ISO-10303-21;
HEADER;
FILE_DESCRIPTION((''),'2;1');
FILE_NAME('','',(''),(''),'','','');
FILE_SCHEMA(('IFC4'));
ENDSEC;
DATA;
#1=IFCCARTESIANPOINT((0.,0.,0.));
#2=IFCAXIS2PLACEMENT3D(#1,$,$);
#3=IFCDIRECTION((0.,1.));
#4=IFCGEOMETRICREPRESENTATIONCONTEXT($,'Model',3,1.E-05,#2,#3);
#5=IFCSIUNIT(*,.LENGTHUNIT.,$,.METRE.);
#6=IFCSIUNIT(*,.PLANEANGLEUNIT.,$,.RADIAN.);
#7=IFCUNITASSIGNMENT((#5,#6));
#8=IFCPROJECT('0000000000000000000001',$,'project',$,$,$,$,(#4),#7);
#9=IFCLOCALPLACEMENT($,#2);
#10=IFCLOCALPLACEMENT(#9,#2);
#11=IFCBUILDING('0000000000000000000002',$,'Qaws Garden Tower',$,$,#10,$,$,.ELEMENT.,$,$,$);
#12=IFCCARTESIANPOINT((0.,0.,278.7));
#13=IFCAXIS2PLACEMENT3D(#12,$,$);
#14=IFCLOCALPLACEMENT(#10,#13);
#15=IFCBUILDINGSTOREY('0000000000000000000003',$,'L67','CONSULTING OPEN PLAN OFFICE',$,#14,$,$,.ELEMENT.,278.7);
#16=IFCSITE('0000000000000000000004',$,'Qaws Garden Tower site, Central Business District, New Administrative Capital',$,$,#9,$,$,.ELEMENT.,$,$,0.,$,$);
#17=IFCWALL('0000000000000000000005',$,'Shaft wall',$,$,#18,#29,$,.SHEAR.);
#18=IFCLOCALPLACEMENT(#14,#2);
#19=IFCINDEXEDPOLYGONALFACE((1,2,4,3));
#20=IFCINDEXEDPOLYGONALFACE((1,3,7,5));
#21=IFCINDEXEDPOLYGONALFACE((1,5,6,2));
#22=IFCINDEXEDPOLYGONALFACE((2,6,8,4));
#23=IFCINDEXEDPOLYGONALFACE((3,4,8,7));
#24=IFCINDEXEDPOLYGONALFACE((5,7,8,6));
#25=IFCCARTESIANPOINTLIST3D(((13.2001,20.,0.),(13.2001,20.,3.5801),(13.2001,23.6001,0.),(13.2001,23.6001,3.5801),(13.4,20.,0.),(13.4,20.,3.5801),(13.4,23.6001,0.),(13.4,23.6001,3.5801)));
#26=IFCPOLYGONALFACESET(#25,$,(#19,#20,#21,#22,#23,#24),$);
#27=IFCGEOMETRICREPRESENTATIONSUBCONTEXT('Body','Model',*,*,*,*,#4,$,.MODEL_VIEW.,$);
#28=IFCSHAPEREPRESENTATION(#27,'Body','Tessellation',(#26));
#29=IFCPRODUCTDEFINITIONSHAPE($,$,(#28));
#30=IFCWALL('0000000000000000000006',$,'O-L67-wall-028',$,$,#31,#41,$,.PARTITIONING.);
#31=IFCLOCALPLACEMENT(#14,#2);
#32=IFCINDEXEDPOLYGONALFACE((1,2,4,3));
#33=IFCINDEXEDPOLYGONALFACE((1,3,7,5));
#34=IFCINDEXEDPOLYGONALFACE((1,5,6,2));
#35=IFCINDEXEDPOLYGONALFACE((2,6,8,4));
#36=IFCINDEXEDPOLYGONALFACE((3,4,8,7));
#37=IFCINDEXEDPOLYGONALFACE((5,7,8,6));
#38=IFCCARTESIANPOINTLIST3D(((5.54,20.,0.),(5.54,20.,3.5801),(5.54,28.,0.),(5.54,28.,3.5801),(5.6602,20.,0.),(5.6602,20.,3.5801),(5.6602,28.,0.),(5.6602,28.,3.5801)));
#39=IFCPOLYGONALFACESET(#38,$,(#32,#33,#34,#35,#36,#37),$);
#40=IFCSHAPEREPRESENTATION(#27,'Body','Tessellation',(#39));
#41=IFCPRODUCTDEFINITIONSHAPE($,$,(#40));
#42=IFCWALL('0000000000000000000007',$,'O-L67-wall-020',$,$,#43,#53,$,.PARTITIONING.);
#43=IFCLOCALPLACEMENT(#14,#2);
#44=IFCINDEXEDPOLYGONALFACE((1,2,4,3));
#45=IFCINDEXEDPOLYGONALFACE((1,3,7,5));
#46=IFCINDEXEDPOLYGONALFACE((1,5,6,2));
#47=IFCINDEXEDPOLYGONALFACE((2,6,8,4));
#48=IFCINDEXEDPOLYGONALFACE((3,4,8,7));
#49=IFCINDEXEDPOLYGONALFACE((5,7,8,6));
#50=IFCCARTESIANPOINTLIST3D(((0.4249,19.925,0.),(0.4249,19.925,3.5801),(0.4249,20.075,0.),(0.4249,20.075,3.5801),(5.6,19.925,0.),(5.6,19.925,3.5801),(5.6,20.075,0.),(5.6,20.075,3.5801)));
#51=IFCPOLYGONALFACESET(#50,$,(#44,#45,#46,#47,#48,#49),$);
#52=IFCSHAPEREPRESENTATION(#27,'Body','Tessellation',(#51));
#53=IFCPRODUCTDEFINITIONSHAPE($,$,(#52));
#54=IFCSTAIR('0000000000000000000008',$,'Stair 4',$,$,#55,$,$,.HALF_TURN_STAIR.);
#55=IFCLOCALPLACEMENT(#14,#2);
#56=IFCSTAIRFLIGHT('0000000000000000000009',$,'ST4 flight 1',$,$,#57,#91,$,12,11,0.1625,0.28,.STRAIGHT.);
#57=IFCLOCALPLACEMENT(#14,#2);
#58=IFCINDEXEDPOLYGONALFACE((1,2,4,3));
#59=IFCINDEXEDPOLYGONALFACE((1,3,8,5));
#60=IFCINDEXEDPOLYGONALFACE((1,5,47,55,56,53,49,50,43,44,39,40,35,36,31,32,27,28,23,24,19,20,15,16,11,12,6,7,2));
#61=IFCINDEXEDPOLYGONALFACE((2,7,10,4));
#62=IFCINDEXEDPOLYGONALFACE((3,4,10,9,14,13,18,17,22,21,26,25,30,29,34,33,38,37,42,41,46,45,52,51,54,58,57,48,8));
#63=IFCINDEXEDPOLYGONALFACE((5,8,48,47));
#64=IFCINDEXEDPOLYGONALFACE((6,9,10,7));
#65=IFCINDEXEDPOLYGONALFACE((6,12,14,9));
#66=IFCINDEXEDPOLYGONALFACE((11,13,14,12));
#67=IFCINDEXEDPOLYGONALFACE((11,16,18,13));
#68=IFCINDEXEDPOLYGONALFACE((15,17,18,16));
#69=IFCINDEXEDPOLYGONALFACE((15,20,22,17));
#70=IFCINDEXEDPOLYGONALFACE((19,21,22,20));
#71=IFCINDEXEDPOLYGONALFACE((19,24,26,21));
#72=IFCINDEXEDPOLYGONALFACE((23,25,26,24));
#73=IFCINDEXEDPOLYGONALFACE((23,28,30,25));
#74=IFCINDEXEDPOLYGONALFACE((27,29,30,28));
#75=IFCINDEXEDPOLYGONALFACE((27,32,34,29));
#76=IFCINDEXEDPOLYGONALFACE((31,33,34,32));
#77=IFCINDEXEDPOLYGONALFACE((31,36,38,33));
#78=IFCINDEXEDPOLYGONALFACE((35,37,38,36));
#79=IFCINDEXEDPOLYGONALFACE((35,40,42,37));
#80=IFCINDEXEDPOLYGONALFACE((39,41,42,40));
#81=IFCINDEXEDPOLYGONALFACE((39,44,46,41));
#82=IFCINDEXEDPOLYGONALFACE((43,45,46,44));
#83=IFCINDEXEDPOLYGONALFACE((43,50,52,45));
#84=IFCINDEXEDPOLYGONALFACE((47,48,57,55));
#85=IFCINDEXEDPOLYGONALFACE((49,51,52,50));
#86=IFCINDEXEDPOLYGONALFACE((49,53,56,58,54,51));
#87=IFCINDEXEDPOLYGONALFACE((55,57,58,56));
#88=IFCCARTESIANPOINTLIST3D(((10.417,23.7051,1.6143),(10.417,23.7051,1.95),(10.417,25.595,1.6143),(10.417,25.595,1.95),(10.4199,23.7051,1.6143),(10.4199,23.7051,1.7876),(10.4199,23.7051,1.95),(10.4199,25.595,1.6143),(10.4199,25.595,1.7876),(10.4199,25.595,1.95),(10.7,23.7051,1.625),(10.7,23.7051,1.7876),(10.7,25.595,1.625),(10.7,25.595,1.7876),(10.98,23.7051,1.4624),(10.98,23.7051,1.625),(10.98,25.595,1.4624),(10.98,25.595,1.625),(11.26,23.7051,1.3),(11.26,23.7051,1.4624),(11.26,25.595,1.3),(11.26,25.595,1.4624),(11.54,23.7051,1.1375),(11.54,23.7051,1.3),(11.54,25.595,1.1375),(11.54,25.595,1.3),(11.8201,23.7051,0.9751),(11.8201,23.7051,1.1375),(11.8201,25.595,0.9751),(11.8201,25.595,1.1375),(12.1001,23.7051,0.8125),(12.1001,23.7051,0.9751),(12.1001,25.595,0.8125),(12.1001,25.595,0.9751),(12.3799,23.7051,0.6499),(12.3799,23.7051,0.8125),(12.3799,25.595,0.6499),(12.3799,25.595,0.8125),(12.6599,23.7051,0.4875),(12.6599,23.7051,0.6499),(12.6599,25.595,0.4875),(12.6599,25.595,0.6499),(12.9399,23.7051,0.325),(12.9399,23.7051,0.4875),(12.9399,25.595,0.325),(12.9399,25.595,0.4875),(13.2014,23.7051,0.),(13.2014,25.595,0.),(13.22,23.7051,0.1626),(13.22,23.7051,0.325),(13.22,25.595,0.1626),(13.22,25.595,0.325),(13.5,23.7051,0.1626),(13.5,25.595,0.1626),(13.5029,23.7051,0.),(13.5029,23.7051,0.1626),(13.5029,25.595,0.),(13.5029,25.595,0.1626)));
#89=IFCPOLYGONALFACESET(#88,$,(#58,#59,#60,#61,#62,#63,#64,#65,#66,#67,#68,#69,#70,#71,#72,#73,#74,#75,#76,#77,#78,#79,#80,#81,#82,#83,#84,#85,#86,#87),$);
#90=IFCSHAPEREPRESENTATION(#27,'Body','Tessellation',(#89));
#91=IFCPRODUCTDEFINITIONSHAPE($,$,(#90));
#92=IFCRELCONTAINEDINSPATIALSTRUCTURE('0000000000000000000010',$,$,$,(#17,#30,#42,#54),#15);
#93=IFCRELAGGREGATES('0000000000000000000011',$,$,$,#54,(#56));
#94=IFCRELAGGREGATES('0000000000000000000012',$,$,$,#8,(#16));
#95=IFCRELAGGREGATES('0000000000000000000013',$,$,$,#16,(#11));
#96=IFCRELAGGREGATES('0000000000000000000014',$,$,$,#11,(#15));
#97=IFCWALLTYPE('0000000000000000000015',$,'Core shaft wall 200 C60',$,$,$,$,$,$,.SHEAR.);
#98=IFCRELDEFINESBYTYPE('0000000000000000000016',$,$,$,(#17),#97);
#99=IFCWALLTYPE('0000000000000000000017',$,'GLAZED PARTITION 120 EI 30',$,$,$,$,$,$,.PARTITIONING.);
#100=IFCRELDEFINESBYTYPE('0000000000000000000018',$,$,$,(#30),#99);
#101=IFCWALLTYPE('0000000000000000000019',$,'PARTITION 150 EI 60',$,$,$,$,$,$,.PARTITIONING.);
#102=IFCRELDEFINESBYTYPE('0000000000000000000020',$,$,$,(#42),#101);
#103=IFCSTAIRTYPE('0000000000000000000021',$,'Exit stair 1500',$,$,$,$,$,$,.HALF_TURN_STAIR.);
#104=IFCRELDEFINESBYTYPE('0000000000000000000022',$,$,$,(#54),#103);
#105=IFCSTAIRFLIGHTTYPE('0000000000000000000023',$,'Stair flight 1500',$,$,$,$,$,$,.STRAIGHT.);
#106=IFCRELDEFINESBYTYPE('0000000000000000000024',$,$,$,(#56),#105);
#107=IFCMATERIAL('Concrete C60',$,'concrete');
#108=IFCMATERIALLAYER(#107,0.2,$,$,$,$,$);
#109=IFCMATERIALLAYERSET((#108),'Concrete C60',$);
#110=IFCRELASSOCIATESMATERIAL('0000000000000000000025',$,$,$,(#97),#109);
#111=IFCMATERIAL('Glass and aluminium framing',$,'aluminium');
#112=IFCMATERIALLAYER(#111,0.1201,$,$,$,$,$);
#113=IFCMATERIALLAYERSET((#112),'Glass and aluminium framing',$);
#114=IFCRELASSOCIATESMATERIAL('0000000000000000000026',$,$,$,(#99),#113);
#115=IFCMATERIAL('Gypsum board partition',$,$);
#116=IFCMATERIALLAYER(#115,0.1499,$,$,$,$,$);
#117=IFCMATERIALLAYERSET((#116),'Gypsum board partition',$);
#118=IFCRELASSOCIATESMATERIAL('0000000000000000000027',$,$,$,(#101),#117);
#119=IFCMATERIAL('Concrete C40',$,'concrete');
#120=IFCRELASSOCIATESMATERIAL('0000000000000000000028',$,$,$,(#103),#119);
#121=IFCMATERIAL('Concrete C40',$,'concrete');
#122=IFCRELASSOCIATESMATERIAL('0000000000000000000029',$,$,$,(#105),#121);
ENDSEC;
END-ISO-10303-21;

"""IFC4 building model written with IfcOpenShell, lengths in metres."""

from ifc_helpers import new_model, si_unit, direction, frame, frame_2d, origin, place, context, subcontext, project, spatial, polyline, rectangle, outline, extrude, material, layer, layer_set, type_object, element, aggregate, save


model = new_model("IFC4")

# Units and contexts
model_context = context("Model", 3, precision=1e-05, world=origin(), true_north=direction((0.0, 1.0)))
body_context = subcontext(model_context, "Body", "Model", "MODEL_VIEW")
ifc_project = project(units=[si_unit("LENGTHUNIT", "METRE"), si_unit("PLANEANGLEUNIT", "RADIAN")], contexts=[model_context])

# Site, building, storey
site_placement = place(None, origin())
site = spatial("IfcSite", under=ifc_project, at=site_placement, Name="Qaws Garden Tower site, Central Business District, New Administrative Capital", CompositionType="ELEMENT", RefElevation=0.0)
building_placement = place(site_placement, origin())
building = spatial("IfcBuilding", under=site, at=building_placement, Name="Qaws Garden Tower", CompositionType="ELEMENT")
storey_placement = place(building_placement, frame((0.0, 0.0, 278.7)))
storey = spatial("IfcBuildingStorey", under=building, at=storey_placement, Name="L67", Description="CONSULTING OPEN PLAN OFFICE", CompositionType="ELEMENT", Elevation=278.7)

# Shared definitions
ifc_material_1 = material(Name="Concrete C60", Category="concrete")
ifc_layer_1 = layer(ifc_material_1, 0.2)
ifc_layer_set_1 = layer_set([ifc_layer_1], Name="Concrete C60")
wall_type_1 = type_object("IfcWallType", Name="Core shaft wall 200 C60", PredefinedType="SHEAR", material=ifc_layer_set_1)

# Walls
wall_1_placement = place(storey_placement, frame((13.3, 20.0, 0.0), z_axis=(0.0, 0.0, 1.0), x_axis=(0.0, 1.0, 0.0)))
element("IfcWall", 1, at=wall_1_placement, inside=storey, type_object=wall_type_1, Name="Shaft wall", PredefinedType="SHEAR", context=body_context, shape_type="SweptSolid", body=[
    extrude(rectangle(XDim=3.6001, YDim=0.2, at=frame_2d((1.8, 0.0))), origin(), (0.0, 0.0, 1.0), 3.5801),
])
ifc_material_2 = material(Name="Glass and aluminium framing", Category="aluminium")
ifc_layer_2 = layer(ifc_material_2, 0.1201)
ifc_layer_set_2 = layer_set([ifc_layer_2], Name="Glass and aluminium framing")
wall_type_2 = type_object("IfcWallType", Name="GLAZED PARTITION 120 EI 30", PredefinedType="PARTITIONING", material=ifc_layer_set_2)
wall_2_placement = place(storey_placement, frame((5.6001, 20.0, 0.0), z_axis=(0.0, 0.0, 1.0), x_axis=(0.0, 1.0, 0.0)))
element("IfcWall", 2, at=wall_2_placement, inside=storey, type_object=wall_type_2, Name="O-L67-wall-028", PredefinedType="PARTITIONING", context=body_context, shape_type="SweptSolid", body=[
    extrude(rectangle(XDim=8.0, YDim=0.1201, at=frame_2d((4.0, 0.0))), origin(), (0.0, 0.0, 1.0), 3.5801),
])
ifc_material_3 = material(Name="Gypsum board partition")
ifc_layer_3 = layer(ifc_material_3, 0.1499)
ifc_layer_set_3 = layer_set([ifc_layer_3], Name="Gypsum board partition")
wall_type_3 = type_object("IfcWallType", Name="PARTITION 150 EI 60", PredefinedType="PARTITIONING", material=ifc_layer_set_3)
wall_3_placement = place(storey_placement, frame((0.425, 20.0, 0.0), z_axis=(0.0, 0.0, 1.0), x_axis=(1.0, 0.0, 0.0)))
element("IfcWall", 3, at=wall_3_placement, inside=storey, type_object=wall_type_3, Name="O-L67-wall-020", PredefinedType="PARTITIONING", context=body_context, shape_type="SweptSolid", body=[
    extrude(rectangle(XDim=5.175, YDim=0.1499, at=frame_2d((2.5874, 0.0))), origin(), (0.0, 0.0, 1.0), 3.5801),
])

# Stair, stair flight
ifc_material_4 = material(Name="Concrete C40", Category="concrete")
stair_type = type_object("IfcStairType", Name="Exit stair 1500", PredefinedType="HALF_TURN_STAIR", material=ifc_material_4)
stair_placement = place(storey_placement, origin())
stair = element("IfcStair", 4, at=stair_placement, inside=storey, type_object=stair_type, Name="Stair 4", PredefinedType="HALF_TURN_STAIR")
ifc_material_5 = material(Name="Concrete C40", Category="concrete")
stair_flight_type = type_object("IfcStairFlightType", Name="Stair flight 1500", PredefinedType="STRAIGHT", material=ifc_material_5)
stair_flight_placement = place(storey_placement, frame((13.5, 24.6499, 0.0), z_axis=(0.0, 0.0, 1.0), x_axis=(-1.0, 0.0, 0.0)))
stair_flight = element("IfcStairFlight", 5, at=stair_flight_placement, type_object=stair_flight_type, Name="ST4 flight 1", NumberOfRisers=12, NumberOfTreads=11, PredefinedType="STRAIGHT", RiserHeight=0.1625, TreadLength=0.28, context=body_context, shape_type="SweptSolid", body=[
    extrude(outline(polyline([(-0.0029, 0.0), (-0.0029, 0.1626), (0.0, 0.1626), (0.28, 0.1626), (0.28, 0.325), (0.5601, 0.325), (0.5601, 0.4875), (0.8401, 0.4875), (0.8401, 0.6499), (1.1201, 0.6499), (1.1201, 0.8125), (1.3999, 0.8125), (1.3999, 0.9751), (1.6799, 0.9751), (1.6799, 1.1375), (1.96, 1.1375), (1.96, 1.3), (2.24, 1.3), (2.24, 1.4624), (2.52, 1.4624), (2.52, 1.625), (2.8, 1.625), (2.8, 1.7876), (3.0801, 1.7876), (3.0801, 1.95), (3.083, 1.95), (3.083, 1.6143), (3.0801, 1.6143), (0.2986, 0.0), (-0.0029, 0.0)])), frame((0.0, 0.9448, 0.0), z_axis=(0.0, -1.0, 0.0), x_axis=(1.0, 0.0, 0.0)), (0.0, 0.0, 1.0), 1.8899),
])
aggregate(stair, [stair_flight])

save(model, "model.ifc")
